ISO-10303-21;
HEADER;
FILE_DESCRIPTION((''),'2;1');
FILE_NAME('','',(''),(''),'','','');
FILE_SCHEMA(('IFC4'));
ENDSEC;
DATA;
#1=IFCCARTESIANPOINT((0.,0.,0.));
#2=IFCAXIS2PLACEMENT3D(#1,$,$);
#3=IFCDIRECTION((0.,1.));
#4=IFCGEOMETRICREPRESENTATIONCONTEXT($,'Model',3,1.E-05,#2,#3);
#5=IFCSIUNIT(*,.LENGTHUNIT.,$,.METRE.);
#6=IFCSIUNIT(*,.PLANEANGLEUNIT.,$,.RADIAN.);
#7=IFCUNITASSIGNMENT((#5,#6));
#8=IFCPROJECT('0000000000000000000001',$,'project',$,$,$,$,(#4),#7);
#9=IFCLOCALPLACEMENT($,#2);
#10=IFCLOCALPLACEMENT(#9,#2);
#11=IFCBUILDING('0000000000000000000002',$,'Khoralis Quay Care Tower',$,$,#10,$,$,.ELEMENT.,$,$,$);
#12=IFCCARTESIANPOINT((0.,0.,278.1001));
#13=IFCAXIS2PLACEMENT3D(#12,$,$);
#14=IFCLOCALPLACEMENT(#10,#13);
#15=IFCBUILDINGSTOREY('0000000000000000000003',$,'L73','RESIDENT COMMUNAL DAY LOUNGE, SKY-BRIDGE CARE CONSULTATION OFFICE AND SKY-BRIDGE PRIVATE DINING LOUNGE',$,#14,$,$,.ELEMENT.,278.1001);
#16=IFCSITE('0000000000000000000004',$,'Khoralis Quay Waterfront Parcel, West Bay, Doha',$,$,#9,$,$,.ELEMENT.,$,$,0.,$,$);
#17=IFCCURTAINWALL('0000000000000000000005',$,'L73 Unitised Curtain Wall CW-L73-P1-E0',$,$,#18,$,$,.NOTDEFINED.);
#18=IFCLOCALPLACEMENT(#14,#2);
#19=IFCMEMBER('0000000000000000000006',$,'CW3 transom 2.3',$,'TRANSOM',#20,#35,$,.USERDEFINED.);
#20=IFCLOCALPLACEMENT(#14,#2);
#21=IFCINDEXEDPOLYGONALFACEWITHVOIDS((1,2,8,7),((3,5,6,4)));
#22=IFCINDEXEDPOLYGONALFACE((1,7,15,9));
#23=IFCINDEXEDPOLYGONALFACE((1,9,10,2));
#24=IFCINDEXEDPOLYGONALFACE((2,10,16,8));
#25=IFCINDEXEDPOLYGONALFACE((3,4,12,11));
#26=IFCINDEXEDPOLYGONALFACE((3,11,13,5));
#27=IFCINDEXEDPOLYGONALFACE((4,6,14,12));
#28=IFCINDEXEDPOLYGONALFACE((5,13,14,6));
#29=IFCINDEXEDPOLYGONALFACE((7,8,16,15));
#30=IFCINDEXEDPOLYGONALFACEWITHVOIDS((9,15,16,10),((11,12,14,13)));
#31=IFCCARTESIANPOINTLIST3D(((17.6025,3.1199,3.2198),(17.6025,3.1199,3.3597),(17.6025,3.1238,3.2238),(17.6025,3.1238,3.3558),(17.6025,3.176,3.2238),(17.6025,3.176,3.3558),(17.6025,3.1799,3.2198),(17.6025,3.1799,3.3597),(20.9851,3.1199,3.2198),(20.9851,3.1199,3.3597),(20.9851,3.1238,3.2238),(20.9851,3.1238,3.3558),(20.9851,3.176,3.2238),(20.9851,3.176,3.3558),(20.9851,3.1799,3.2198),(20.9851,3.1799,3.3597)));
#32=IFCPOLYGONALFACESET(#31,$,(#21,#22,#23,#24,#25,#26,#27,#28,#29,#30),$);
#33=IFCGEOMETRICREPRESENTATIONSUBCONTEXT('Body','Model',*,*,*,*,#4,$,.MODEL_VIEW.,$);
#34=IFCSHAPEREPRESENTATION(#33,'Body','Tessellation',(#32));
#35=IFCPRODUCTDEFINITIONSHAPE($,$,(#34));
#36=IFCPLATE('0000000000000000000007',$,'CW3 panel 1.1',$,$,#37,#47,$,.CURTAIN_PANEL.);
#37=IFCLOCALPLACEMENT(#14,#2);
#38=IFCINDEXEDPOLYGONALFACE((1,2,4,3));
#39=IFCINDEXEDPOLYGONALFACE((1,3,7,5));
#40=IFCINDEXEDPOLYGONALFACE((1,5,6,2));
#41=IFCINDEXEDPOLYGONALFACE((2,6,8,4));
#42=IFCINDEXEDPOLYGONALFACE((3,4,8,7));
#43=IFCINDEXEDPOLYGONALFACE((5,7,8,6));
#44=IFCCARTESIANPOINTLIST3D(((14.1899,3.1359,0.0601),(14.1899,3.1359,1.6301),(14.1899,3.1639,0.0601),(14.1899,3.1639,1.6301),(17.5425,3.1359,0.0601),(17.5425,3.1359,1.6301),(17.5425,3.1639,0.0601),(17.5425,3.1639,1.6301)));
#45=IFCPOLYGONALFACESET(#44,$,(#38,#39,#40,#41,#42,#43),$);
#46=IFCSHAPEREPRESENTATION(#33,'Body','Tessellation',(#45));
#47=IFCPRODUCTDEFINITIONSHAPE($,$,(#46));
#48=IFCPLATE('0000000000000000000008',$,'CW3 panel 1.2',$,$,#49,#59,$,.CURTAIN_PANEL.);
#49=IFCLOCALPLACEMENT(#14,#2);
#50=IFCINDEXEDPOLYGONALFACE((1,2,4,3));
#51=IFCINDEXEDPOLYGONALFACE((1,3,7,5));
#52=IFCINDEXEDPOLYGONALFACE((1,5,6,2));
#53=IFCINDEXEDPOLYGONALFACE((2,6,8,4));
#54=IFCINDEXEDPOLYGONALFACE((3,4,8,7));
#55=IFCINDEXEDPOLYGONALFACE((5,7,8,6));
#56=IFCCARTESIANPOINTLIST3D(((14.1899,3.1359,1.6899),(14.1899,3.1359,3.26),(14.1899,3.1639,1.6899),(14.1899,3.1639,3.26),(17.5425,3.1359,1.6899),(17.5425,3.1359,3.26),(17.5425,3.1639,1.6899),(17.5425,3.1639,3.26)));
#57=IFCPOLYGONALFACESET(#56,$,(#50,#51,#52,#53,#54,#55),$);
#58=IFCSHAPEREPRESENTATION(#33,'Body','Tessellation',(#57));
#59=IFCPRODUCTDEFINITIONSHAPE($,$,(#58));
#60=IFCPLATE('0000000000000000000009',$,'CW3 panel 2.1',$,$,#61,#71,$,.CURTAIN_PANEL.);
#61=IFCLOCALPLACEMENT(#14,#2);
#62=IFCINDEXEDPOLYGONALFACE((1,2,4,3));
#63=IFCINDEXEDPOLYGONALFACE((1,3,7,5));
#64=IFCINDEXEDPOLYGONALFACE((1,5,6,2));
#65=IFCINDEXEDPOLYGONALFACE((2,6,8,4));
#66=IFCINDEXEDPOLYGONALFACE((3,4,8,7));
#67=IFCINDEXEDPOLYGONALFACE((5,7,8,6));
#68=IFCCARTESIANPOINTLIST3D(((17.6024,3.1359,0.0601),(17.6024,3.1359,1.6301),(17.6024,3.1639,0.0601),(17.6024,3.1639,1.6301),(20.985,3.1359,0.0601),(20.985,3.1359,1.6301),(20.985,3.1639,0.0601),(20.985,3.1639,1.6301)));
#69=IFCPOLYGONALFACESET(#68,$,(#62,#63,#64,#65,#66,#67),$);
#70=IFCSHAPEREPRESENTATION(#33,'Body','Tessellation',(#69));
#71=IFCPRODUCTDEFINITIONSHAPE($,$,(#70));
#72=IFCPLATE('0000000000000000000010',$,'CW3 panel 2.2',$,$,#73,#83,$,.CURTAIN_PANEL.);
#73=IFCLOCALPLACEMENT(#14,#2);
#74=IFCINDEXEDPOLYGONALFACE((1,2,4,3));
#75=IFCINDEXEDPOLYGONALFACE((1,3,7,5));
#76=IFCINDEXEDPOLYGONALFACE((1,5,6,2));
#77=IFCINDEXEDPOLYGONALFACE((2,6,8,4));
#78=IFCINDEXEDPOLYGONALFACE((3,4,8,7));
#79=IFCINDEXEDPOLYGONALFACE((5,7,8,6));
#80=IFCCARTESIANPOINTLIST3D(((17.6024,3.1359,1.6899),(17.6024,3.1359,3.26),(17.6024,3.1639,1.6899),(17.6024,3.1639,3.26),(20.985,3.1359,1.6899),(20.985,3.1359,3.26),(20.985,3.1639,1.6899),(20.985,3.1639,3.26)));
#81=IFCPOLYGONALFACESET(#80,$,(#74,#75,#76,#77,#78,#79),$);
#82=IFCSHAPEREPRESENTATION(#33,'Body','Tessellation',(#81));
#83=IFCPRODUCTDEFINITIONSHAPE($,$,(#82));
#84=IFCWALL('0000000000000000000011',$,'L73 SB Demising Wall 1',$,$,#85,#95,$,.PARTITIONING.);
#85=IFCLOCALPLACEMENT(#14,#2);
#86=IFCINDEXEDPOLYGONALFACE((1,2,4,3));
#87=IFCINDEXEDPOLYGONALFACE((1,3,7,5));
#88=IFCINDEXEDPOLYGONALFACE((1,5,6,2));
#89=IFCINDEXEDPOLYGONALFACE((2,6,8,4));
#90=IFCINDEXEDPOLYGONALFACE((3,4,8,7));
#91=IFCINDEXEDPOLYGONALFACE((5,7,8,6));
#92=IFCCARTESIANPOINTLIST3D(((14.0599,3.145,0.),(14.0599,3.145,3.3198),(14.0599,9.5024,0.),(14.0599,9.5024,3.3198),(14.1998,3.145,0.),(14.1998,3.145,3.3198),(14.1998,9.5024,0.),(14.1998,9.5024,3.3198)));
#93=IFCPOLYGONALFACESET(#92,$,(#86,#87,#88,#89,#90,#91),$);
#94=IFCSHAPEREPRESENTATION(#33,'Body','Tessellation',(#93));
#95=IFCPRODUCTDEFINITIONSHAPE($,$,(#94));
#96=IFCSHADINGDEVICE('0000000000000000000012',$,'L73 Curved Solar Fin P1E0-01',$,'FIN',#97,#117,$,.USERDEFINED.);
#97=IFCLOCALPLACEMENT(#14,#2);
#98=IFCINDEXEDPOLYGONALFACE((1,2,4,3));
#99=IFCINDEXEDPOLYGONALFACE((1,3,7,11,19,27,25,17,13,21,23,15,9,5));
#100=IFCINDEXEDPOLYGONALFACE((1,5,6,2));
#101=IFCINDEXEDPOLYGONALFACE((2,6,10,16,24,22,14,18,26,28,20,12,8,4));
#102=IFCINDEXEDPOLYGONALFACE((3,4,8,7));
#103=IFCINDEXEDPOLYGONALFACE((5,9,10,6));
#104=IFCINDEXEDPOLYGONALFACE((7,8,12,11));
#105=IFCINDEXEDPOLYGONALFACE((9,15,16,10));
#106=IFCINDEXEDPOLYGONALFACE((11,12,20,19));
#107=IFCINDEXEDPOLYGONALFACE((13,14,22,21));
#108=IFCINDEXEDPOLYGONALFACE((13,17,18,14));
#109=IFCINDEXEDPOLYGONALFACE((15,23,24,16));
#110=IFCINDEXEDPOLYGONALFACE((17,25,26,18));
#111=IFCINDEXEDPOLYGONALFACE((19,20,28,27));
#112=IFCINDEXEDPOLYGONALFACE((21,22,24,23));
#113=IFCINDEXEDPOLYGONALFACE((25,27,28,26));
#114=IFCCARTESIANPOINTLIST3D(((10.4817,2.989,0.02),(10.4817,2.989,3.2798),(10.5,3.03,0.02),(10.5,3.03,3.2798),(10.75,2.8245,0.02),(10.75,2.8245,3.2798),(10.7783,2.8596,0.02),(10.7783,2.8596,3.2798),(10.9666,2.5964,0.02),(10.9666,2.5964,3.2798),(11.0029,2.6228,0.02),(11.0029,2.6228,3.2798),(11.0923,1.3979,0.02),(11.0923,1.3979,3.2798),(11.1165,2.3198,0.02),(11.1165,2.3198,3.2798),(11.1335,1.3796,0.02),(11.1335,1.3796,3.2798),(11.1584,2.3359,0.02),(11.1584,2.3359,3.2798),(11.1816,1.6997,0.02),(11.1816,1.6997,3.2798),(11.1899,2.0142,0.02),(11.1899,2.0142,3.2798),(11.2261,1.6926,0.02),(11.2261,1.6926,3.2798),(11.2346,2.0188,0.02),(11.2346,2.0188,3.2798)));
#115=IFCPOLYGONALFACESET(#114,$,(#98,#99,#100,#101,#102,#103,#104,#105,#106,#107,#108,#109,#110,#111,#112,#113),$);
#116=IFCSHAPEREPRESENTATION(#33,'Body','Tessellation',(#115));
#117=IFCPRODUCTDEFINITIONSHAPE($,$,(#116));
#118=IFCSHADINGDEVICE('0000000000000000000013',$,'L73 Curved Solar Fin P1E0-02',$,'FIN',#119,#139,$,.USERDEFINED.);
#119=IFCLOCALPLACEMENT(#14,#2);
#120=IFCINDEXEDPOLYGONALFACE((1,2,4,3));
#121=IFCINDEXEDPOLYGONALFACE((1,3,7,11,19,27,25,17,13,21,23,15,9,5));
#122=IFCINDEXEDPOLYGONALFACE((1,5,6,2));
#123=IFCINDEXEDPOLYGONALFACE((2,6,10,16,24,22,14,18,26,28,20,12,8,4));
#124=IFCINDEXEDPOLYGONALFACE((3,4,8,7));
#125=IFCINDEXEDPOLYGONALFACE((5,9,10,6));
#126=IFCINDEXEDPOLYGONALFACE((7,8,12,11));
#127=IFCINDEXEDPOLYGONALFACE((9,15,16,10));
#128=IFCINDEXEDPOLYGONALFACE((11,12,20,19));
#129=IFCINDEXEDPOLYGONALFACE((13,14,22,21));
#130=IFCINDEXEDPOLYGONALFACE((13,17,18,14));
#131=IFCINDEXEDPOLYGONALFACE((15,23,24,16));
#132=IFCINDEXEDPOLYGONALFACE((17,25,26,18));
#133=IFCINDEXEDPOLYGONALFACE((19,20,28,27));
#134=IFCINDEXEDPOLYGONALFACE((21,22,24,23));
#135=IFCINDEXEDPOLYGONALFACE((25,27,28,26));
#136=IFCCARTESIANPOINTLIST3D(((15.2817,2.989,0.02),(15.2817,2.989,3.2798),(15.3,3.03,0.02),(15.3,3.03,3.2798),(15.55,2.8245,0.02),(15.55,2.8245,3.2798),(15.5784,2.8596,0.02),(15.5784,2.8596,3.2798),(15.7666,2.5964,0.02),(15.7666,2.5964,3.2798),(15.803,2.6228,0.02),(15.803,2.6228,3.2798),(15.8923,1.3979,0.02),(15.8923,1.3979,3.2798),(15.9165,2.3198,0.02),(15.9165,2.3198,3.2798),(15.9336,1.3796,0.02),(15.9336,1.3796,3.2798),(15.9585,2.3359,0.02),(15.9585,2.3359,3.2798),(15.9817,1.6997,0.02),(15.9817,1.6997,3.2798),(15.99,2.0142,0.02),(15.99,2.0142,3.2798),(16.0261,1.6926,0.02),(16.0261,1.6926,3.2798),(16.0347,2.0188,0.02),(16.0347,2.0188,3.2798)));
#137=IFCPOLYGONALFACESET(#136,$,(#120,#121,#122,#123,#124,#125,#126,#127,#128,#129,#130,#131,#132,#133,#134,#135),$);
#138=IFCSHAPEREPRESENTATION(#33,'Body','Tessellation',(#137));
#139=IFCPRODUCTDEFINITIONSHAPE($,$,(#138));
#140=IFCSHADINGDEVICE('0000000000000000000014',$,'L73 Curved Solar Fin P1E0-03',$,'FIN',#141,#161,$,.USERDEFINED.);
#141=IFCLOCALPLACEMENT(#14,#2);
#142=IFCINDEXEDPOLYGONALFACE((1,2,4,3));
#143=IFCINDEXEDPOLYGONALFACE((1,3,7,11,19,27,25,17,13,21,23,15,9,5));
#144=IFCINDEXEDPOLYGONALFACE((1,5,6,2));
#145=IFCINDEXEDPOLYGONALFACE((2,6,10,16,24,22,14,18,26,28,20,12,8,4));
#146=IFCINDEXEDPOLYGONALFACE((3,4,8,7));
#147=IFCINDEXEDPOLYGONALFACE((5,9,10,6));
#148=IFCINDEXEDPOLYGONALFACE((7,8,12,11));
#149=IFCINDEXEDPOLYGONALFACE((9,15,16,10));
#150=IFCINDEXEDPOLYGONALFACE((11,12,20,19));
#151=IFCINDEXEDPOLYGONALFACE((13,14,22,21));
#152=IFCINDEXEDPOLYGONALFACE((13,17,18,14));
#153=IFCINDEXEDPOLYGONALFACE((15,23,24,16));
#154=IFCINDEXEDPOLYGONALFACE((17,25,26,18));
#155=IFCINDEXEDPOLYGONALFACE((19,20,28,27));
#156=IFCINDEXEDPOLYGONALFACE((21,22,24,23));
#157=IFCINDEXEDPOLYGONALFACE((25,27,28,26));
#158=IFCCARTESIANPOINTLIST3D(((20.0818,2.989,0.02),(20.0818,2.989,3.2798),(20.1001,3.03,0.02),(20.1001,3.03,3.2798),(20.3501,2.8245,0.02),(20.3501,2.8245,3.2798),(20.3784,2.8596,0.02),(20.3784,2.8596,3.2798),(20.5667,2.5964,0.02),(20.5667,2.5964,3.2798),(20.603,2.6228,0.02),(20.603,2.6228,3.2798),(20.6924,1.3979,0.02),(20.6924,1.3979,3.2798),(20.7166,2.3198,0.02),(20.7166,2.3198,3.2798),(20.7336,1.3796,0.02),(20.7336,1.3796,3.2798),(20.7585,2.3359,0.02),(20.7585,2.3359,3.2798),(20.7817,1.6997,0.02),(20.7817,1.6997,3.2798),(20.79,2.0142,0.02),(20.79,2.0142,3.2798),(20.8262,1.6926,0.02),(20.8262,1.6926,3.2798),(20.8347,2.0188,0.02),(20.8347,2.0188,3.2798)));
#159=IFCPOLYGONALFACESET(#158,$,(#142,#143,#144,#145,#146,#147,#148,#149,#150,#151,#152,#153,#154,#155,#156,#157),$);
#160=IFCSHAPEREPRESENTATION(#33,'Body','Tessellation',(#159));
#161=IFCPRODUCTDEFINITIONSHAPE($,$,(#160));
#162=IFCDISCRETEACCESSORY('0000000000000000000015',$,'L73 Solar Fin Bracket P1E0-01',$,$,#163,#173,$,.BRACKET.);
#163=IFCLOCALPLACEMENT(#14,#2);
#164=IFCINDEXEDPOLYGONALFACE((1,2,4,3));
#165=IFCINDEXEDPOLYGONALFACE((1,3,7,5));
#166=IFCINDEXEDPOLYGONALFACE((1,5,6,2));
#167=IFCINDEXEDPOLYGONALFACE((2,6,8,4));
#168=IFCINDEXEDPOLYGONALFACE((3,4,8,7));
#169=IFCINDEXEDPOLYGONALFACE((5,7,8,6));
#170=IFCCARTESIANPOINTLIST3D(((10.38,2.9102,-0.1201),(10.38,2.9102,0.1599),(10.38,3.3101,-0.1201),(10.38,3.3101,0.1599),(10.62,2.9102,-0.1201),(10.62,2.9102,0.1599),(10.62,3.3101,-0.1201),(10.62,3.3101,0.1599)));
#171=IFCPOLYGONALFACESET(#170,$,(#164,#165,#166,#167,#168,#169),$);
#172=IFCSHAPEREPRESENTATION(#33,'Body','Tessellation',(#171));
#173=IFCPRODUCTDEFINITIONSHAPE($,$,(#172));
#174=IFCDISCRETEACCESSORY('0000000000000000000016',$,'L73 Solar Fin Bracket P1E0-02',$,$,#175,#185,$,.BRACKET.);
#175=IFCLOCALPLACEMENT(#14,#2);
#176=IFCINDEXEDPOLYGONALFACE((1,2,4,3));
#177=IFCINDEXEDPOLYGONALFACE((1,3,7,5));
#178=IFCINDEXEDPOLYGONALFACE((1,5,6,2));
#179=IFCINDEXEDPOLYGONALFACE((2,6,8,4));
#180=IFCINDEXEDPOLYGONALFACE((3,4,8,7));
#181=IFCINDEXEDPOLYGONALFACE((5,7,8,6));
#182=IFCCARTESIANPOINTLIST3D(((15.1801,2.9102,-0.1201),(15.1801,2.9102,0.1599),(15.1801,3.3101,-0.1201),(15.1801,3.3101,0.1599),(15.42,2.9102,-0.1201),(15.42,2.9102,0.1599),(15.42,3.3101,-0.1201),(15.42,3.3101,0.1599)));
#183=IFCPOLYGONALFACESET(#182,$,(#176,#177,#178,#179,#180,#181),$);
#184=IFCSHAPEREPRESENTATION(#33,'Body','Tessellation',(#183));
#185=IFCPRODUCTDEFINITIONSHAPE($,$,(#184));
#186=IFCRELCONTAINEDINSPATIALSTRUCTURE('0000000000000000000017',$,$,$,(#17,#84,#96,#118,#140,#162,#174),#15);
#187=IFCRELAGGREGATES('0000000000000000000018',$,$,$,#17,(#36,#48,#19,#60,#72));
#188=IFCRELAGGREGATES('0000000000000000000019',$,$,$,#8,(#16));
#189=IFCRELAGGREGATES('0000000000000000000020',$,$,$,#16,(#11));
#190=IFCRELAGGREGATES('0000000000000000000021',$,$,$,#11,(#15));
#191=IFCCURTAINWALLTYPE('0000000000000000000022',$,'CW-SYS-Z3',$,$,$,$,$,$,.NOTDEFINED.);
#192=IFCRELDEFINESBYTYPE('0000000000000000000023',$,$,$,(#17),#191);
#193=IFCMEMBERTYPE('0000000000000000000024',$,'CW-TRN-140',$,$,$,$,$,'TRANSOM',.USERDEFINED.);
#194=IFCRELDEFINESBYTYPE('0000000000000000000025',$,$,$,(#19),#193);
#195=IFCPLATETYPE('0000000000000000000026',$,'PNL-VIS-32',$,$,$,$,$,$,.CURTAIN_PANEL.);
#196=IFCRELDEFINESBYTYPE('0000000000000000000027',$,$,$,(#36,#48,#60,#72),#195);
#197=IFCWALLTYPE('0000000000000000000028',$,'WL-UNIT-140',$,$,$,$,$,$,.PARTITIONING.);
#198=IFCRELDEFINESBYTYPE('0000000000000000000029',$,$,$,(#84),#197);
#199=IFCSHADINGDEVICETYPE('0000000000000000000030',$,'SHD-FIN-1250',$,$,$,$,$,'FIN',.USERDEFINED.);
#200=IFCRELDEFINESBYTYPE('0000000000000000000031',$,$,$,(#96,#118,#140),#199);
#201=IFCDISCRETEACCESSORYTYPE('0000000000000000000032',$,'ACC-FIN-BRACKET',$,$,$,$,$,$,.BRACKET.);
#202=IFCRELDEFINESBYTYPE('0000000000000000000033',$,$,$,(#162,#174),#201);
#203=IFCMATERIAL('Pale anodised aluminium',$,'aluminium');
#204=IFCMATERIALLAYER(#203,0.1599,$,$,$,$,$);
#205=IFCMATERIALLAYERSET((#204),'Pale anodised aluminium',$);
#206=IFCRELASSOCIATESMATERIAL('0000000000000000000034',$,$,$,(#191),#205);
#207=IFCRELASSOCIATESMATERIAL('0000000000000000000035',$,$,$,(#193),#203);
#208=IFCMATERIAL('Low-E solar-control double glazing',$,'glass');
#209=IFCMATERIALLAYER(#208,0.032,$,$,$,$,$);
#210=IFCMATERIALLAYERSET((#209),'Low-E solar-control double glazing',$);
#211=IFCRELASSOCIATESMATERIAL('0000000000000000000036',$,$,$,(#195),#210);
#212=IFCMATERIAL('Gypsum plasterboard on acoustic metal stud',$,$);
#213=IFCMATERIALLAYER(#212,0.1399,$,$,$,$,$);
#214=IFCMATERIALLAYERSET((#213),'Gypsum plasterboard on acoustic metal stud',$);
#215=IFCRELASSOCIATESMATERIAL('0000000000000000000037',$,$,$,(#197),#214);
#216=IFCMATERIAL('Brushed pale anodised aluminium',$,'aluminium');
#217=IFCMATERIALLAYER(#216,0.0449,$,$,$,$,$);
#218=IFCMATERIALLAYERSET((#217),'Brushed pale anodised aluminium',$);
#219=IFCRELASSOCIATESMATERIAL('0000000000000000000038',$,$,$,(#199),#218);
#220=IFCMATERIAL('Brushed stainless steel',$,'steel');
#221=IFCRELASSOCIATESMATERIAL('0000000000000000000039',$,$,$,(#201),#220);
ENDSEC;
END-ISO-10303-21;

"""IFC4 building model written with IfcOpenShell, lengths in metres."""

from ifc_helpers import new_model, si_unit, direction, frame, frame_2d, origin, origin_2d, place, context, subcontext, project, spatial, polyline, rectangle, hollow_rectangle, outline, extrude, source, transform, mapped, material, layer, layer_set, material_profile, profile_set, type_object, element, aggregate, save


model = new_model("IFC4")

# Units and contexts
model_context = context("Model", 3, precision=1e-05, world=origin(), true_north=direction((0.0, 1.0)))
body_context = subcontext(model_context, "Body", "Model", "MODEL_VIEW")
ifc_project = project(units=[si_unit("LENGTHUNIT", "METRE"), si_unit("PLANEANGLEUNIT", "RADIAN")], contexts=[model_context])

# Site, building, storey
site_placement = place(None, origin())
site = spatial("IfcSite", under=ifc_project, at=site_placement, Name="Khoralis Quay Waterfront Parcel, West Bay, Doha", CompositionType="ELEMENT", RefElevation=0.0)
building_placement = place(site_placement, origin())
building = spatial("IfcBuilding", under=site, at=building_placement, Name="Khoralis Quay Care Tower", CompositionType="ELEMENT")
storey_placement = place(building_placement, frame((0.0, 0.0, 278.1001)))
storey = spatial("IfcBuildingStorey", under=building, at=storey_placement, Name="L73", Description="RESIDENT COMMUNAL DAY LOUNGE, SKY-BRIDGE CARE CONSULTATION OFFICE AND SKY-BRIDGE PRIVATE DINING LOUNGE", CompositionType="ELEMENT", Elevation=278.1001)

# Curtain wall, member, plates
ifc_material_1 = material(Name="Pale anodised aluminium", Category="aluminium")
ifc_layer_1 = layer(ifc_material_1, 0.1599)
ifc_layer_set_1 = layer_set([ifc_layer_1], Name="Pale anodised aluminium")
curtain_wall_type = type_object("IfcCurtainWallType", Name="CW-SYS-Z3", PredefinedType="NOTDEFINED", material=ifc_layer_set_1)
curtain_wall_placement = place(storey_placement, origin())
curtain_wall = element("IfcCurtainWall", 1, at=curtain_wall_placement, inside=storey, type_object=curtain_wall_type, Name="L73 Unitised Curtain Wall CW-L73-P1-E0", PredefinedType="NOTDEFINED")
ifc_material_profile_1 = material_profile(ifc_material_1, hollow_rectangle(XDim=0.0601, YDim=0.1399, WallThickness=0.0039, at=origin_2d()), Name="Pale anodised aluminium")
ifc_profile_set_1 = profile_set([ifc_material_profile_1], Name="Pale anodised aluminium")
member_type_1 = type_object("IfcMemberType", Name="CW-TRN-140", ElementType="TRANSOM", PredefinedType="USERDEFINED", material=ifc_profile_set_1)
shared_shape_1 = source(origin(), body_context, "Body", "SweptSolid", [
    extrude(hollow_rectangle(XDim=0.0601, YDim=0.1399, WallThickness=0.0039, at=origin_2d()), origin(), (0.0, 0.0, 1.0), 3.3826),
])
member_1_placement = place(storey_placement, frame((17.6025, 3.1499, 3.2898), z_axis=(1.0, 0.0, 0.0), x_axis=(0.0, 1.0, 0.0)))
member_1 = element("IfcMember", 2, at=member_1_placement, type_object=member_type_1, Name="CW3 transom 2.3", ObjectType="TRANSOM", PredefinedType="USERDEFINED", context=body_context, shape_type="MappedRepresentation", body=[
    mapped(shared_shape_1, transform((0.0, 0.0, 0.0), scale=1.0)),
])
ifc_material_2 = material(Name="Low-E solar-control double glazing", Category="glass")
ifc_layer_2 = layer(ifc_material_2, 0.032)
ifc_layer_set_2 = layer_set([ifc_layer_2], Name="Low-E solar-control double glazing")
plate_type = type_object("IfcPlateType", Name="PNL-VIS-32", PredefinedType="CURTAIN_PANEL", material=ifc_layer_set_2)
shared_shape_2 = source(origin(), body_context, "Body", "SweptSolid", [
    extrude(rectangle(XDim=3.3525, YDim=0.0281, at=origin_2d()), origin(), (0.0, 0.0, 1.0), 1.5701),
])
plate_1_placement = place(storey_placement, frame((15.8662, 3.1499, 0.0601), z_axis=(0.0, 0.0, 1.0), x_axis=(1.0, 0.0, 0.0)))
plate_1 = element("IfcPlate", 3, at=plate_1_placement, type_object=plate_type, Name="CW3 panel 1.1", PredefinedType="CURTAIN_PANEL", context=body_context, shape_type="MappedRepresentation", body=[
    mapped(shared_shape_2, transform((0.0, 0.0, 0.0), scale=1.0)),
])
plate_2_placement = place(storey_placement, frame((15.8662, 3.1499, 1.6899), z_axis=(0.0, 0.0, 1.0), x_axis=(1.0, 0.0, 0.0)))
plate_2 = element("IfcPlate", 4, at=plate_2_placement, type_object=plate_type, Name="CW3 panel 1.2", PredefinedType="CURTAIN_PANEL", context=body_context, shape_type="MappedRepresentation", body=[
    mapped(shared_shape_2, transform((0.0, 0.0, 0.0), scale=1.0)),
])
shared_shape_3 = source(origin(), body_context, "Body", "SweptSolid", [
    extrude(rectangle(XDim=3.3826, YDim=0.0281, at=origin_2d()), origin(), (0.0, 0.0, 1.0), 1.5701),
])
plate_3_placement = place(storey_placement, frame((19.2937, 3.1499, 0.0601), z_axis=(0.0, 0.0, 1.0), x_axis=(1.0, 0.0, 0.0)))
plate_3 = element("IfcPlate", 5, at=plate_3_placement, type_object=plate_type, Name="CW3 panel 2.1", PredefinedType="CURTAIN_PANEL", context=body_context, shape_type="MappedRepresentation", body=[
    mapped(shared_shape_3, transform((0.0, 0.0, 0.0), scale=1.0)),
])
plate_4_placement = place(storey_placement, frame((19.2937, 3.1499, 1.6899), z_axis=(0.0, 0.0, 1.0), x_axis=(1.0, 0.0, 0.0)))
plate_4 = element("IfcPlate", 6, at=plate_4_placement, type_object=plate_type, Name="CW3 panel 2.2", PredefinedType="CURTAIN_PANEL", context=body_context, shape_type="MappedRepresentation", body=[
    mapped(shared_shape_3, transform((0.0, 0.0, 0.0), scale=1.0)),
])
aggregate(curtain_wall, [plate_1, plate_2, member_1, plate_3, plate_4])

# Wall
ifc_material_3 = material(Name="Gypsum plasterboard on acoustic metal stud")
ifc_layer_3 = layer(ifc_material_3, 0.1399)
ifc_layer_set_3 = layer_set([ifc_layer_3], Name="Gypsum plasterboard on acoustic metal stud")
wall_type = type_object("IfcWallType", Name="WL-UNIT-140", PredefinedType="PARTITIONING", material=ifc_layer_set_3)
wall_placement = place(storey_placement, frame((14.1299, 3.145, 0.0), z_axis=(0.0, 0.0, 1.0), x_axis=(0.0, 1.0, 0.0)))
element("IfcWall", 7, at=wall_placement, inside=storey, type_object=wall_type, Name="L73 SB Demising Wall 1", PredefinedType="PARTITIONING", context=body_context, shape_type="SweptSolid", body=[
    extrude(rectangle(XDim=6.3574, YDim=0.1399, at=frame_2d((3.1787, 0.0))), origin(), (0.0, 0.0, 1.0), 3.3198),
])

# Shading devices
ifc_material_4 = material(Name="Brushed pale anodised aluminium", Category="aluminium")
ifc_layer_4 = layer(ifc_material_4, 0.0449)
ifc_layer_set_4 = layer_set([ifc_layer_4], Name="Brushed pale anodised aluminium")
shading_device_type = type_object("IfcShadingDeviceType", Name="SHD-FIN-1250", ElementType="FIN", PredefinedType="USERDEFINED", material=ifc_layer_set_4)
shared_shape_4 = source(origin(), body_context, "Body", "SweptSolid", [
    extrude(outline(polyline([(0.0, 0.0), (0.1704, 0.2783), (0.4072, 0.5029), (0.6941, 0.6584), (1.0112, 0.7346), (1.3374, 0.7261), (1.6504, 0.6335), (1.6321, 0.5923), (1.3303, 0.6816), (1.0159, 0.6899), (0.7102, 0.6165), (0.4336, 0.4666), (0.2056, 0.25), (0.041, -0.0183), (0.0, 0.0)])), origin(), (0.0, 0.0, 1.0), 3.2598),
])
for number, where, z_axis, x_axis, name in (
    (8, (10.5, 3.03, 0.02), (0.0, 0.0, 1.0), (0.0, -1.0, 0.0), "L73 Curved Solar Fin P1E0-01"),
    (9, (15.3, 3.03, 0.02), (0.0, 0.0, 1.0), (0.0, -1.0, 0.0), "L73 Curved Solar Fin P1E0-02"),
    (10, (20.1001, 3.03, 0.02), (0.0, 0.0, 1.0), (0.0, -1.0, 0.0), "L73 Curved Solar Fin P1E0-03"),
):
    element("IfcShadingDevice", number, at=place(storey_placement, frame(where, z_axis=z_axis, x_axis=x_axis)), inside=storey, type_object=shading_device_type, Name=name, ObjectType="FIN", PredefinedType="USERDEFINED", context=body_context, shape_type="MappedRepresentation", body=[
        mapped(shared_shape_4, transform((0.0, 0.0, 0.0), scale=1.0)),
    ])

# Discrete accessories
ifc_material_5 = material(Name="Brushed stainless steel", Category="steel")
discrete_accessory_type = type_object("IfcDiscreteAccessoryType", Name="ACC-FIN-BRACKET", PredefinedType="BRACKET", material=ifc_material_5)
shared_shape_5 = source(origin(), body_context, "Body", "SweptSolid", [
    extrude(rectangle(XDim=0.3999, YDim=0.24, at=origin_2d()), origin(), (0.0, 0.0, 1.0), 0.28),
])
for number, where, z_axis, x_axis, name in (
    (11, (10.5, 3.1101, -0.1201), (0.0, 0.0, 1.0), (0.0, -1.0, 0.0), "L73 Solar Fin Bracket P1E0-01"),
    (12, (15.3, 3.1101, -0.1201), (0.0, 0.0, 1.0), (0.0, -1.0, 0.0), "L73 Solar Fin Bracket P1E0-02"),
):
    element("IfcDiscreteAccessory", number, at=place(storey_placement, frame(where, z_axis=z_axis, x_axis=x_axis)), inside=storey, type_object=discrete_accessory_type, Name=name, PredefinedType="BRACKET", context=body_context, shape_type="MappedRepresentation", body=[
        mapped(shared_shape_5, transform((0.0, 0.0, 0.0), scale=1.0)),
    ])

save(model, "model.ifc")
